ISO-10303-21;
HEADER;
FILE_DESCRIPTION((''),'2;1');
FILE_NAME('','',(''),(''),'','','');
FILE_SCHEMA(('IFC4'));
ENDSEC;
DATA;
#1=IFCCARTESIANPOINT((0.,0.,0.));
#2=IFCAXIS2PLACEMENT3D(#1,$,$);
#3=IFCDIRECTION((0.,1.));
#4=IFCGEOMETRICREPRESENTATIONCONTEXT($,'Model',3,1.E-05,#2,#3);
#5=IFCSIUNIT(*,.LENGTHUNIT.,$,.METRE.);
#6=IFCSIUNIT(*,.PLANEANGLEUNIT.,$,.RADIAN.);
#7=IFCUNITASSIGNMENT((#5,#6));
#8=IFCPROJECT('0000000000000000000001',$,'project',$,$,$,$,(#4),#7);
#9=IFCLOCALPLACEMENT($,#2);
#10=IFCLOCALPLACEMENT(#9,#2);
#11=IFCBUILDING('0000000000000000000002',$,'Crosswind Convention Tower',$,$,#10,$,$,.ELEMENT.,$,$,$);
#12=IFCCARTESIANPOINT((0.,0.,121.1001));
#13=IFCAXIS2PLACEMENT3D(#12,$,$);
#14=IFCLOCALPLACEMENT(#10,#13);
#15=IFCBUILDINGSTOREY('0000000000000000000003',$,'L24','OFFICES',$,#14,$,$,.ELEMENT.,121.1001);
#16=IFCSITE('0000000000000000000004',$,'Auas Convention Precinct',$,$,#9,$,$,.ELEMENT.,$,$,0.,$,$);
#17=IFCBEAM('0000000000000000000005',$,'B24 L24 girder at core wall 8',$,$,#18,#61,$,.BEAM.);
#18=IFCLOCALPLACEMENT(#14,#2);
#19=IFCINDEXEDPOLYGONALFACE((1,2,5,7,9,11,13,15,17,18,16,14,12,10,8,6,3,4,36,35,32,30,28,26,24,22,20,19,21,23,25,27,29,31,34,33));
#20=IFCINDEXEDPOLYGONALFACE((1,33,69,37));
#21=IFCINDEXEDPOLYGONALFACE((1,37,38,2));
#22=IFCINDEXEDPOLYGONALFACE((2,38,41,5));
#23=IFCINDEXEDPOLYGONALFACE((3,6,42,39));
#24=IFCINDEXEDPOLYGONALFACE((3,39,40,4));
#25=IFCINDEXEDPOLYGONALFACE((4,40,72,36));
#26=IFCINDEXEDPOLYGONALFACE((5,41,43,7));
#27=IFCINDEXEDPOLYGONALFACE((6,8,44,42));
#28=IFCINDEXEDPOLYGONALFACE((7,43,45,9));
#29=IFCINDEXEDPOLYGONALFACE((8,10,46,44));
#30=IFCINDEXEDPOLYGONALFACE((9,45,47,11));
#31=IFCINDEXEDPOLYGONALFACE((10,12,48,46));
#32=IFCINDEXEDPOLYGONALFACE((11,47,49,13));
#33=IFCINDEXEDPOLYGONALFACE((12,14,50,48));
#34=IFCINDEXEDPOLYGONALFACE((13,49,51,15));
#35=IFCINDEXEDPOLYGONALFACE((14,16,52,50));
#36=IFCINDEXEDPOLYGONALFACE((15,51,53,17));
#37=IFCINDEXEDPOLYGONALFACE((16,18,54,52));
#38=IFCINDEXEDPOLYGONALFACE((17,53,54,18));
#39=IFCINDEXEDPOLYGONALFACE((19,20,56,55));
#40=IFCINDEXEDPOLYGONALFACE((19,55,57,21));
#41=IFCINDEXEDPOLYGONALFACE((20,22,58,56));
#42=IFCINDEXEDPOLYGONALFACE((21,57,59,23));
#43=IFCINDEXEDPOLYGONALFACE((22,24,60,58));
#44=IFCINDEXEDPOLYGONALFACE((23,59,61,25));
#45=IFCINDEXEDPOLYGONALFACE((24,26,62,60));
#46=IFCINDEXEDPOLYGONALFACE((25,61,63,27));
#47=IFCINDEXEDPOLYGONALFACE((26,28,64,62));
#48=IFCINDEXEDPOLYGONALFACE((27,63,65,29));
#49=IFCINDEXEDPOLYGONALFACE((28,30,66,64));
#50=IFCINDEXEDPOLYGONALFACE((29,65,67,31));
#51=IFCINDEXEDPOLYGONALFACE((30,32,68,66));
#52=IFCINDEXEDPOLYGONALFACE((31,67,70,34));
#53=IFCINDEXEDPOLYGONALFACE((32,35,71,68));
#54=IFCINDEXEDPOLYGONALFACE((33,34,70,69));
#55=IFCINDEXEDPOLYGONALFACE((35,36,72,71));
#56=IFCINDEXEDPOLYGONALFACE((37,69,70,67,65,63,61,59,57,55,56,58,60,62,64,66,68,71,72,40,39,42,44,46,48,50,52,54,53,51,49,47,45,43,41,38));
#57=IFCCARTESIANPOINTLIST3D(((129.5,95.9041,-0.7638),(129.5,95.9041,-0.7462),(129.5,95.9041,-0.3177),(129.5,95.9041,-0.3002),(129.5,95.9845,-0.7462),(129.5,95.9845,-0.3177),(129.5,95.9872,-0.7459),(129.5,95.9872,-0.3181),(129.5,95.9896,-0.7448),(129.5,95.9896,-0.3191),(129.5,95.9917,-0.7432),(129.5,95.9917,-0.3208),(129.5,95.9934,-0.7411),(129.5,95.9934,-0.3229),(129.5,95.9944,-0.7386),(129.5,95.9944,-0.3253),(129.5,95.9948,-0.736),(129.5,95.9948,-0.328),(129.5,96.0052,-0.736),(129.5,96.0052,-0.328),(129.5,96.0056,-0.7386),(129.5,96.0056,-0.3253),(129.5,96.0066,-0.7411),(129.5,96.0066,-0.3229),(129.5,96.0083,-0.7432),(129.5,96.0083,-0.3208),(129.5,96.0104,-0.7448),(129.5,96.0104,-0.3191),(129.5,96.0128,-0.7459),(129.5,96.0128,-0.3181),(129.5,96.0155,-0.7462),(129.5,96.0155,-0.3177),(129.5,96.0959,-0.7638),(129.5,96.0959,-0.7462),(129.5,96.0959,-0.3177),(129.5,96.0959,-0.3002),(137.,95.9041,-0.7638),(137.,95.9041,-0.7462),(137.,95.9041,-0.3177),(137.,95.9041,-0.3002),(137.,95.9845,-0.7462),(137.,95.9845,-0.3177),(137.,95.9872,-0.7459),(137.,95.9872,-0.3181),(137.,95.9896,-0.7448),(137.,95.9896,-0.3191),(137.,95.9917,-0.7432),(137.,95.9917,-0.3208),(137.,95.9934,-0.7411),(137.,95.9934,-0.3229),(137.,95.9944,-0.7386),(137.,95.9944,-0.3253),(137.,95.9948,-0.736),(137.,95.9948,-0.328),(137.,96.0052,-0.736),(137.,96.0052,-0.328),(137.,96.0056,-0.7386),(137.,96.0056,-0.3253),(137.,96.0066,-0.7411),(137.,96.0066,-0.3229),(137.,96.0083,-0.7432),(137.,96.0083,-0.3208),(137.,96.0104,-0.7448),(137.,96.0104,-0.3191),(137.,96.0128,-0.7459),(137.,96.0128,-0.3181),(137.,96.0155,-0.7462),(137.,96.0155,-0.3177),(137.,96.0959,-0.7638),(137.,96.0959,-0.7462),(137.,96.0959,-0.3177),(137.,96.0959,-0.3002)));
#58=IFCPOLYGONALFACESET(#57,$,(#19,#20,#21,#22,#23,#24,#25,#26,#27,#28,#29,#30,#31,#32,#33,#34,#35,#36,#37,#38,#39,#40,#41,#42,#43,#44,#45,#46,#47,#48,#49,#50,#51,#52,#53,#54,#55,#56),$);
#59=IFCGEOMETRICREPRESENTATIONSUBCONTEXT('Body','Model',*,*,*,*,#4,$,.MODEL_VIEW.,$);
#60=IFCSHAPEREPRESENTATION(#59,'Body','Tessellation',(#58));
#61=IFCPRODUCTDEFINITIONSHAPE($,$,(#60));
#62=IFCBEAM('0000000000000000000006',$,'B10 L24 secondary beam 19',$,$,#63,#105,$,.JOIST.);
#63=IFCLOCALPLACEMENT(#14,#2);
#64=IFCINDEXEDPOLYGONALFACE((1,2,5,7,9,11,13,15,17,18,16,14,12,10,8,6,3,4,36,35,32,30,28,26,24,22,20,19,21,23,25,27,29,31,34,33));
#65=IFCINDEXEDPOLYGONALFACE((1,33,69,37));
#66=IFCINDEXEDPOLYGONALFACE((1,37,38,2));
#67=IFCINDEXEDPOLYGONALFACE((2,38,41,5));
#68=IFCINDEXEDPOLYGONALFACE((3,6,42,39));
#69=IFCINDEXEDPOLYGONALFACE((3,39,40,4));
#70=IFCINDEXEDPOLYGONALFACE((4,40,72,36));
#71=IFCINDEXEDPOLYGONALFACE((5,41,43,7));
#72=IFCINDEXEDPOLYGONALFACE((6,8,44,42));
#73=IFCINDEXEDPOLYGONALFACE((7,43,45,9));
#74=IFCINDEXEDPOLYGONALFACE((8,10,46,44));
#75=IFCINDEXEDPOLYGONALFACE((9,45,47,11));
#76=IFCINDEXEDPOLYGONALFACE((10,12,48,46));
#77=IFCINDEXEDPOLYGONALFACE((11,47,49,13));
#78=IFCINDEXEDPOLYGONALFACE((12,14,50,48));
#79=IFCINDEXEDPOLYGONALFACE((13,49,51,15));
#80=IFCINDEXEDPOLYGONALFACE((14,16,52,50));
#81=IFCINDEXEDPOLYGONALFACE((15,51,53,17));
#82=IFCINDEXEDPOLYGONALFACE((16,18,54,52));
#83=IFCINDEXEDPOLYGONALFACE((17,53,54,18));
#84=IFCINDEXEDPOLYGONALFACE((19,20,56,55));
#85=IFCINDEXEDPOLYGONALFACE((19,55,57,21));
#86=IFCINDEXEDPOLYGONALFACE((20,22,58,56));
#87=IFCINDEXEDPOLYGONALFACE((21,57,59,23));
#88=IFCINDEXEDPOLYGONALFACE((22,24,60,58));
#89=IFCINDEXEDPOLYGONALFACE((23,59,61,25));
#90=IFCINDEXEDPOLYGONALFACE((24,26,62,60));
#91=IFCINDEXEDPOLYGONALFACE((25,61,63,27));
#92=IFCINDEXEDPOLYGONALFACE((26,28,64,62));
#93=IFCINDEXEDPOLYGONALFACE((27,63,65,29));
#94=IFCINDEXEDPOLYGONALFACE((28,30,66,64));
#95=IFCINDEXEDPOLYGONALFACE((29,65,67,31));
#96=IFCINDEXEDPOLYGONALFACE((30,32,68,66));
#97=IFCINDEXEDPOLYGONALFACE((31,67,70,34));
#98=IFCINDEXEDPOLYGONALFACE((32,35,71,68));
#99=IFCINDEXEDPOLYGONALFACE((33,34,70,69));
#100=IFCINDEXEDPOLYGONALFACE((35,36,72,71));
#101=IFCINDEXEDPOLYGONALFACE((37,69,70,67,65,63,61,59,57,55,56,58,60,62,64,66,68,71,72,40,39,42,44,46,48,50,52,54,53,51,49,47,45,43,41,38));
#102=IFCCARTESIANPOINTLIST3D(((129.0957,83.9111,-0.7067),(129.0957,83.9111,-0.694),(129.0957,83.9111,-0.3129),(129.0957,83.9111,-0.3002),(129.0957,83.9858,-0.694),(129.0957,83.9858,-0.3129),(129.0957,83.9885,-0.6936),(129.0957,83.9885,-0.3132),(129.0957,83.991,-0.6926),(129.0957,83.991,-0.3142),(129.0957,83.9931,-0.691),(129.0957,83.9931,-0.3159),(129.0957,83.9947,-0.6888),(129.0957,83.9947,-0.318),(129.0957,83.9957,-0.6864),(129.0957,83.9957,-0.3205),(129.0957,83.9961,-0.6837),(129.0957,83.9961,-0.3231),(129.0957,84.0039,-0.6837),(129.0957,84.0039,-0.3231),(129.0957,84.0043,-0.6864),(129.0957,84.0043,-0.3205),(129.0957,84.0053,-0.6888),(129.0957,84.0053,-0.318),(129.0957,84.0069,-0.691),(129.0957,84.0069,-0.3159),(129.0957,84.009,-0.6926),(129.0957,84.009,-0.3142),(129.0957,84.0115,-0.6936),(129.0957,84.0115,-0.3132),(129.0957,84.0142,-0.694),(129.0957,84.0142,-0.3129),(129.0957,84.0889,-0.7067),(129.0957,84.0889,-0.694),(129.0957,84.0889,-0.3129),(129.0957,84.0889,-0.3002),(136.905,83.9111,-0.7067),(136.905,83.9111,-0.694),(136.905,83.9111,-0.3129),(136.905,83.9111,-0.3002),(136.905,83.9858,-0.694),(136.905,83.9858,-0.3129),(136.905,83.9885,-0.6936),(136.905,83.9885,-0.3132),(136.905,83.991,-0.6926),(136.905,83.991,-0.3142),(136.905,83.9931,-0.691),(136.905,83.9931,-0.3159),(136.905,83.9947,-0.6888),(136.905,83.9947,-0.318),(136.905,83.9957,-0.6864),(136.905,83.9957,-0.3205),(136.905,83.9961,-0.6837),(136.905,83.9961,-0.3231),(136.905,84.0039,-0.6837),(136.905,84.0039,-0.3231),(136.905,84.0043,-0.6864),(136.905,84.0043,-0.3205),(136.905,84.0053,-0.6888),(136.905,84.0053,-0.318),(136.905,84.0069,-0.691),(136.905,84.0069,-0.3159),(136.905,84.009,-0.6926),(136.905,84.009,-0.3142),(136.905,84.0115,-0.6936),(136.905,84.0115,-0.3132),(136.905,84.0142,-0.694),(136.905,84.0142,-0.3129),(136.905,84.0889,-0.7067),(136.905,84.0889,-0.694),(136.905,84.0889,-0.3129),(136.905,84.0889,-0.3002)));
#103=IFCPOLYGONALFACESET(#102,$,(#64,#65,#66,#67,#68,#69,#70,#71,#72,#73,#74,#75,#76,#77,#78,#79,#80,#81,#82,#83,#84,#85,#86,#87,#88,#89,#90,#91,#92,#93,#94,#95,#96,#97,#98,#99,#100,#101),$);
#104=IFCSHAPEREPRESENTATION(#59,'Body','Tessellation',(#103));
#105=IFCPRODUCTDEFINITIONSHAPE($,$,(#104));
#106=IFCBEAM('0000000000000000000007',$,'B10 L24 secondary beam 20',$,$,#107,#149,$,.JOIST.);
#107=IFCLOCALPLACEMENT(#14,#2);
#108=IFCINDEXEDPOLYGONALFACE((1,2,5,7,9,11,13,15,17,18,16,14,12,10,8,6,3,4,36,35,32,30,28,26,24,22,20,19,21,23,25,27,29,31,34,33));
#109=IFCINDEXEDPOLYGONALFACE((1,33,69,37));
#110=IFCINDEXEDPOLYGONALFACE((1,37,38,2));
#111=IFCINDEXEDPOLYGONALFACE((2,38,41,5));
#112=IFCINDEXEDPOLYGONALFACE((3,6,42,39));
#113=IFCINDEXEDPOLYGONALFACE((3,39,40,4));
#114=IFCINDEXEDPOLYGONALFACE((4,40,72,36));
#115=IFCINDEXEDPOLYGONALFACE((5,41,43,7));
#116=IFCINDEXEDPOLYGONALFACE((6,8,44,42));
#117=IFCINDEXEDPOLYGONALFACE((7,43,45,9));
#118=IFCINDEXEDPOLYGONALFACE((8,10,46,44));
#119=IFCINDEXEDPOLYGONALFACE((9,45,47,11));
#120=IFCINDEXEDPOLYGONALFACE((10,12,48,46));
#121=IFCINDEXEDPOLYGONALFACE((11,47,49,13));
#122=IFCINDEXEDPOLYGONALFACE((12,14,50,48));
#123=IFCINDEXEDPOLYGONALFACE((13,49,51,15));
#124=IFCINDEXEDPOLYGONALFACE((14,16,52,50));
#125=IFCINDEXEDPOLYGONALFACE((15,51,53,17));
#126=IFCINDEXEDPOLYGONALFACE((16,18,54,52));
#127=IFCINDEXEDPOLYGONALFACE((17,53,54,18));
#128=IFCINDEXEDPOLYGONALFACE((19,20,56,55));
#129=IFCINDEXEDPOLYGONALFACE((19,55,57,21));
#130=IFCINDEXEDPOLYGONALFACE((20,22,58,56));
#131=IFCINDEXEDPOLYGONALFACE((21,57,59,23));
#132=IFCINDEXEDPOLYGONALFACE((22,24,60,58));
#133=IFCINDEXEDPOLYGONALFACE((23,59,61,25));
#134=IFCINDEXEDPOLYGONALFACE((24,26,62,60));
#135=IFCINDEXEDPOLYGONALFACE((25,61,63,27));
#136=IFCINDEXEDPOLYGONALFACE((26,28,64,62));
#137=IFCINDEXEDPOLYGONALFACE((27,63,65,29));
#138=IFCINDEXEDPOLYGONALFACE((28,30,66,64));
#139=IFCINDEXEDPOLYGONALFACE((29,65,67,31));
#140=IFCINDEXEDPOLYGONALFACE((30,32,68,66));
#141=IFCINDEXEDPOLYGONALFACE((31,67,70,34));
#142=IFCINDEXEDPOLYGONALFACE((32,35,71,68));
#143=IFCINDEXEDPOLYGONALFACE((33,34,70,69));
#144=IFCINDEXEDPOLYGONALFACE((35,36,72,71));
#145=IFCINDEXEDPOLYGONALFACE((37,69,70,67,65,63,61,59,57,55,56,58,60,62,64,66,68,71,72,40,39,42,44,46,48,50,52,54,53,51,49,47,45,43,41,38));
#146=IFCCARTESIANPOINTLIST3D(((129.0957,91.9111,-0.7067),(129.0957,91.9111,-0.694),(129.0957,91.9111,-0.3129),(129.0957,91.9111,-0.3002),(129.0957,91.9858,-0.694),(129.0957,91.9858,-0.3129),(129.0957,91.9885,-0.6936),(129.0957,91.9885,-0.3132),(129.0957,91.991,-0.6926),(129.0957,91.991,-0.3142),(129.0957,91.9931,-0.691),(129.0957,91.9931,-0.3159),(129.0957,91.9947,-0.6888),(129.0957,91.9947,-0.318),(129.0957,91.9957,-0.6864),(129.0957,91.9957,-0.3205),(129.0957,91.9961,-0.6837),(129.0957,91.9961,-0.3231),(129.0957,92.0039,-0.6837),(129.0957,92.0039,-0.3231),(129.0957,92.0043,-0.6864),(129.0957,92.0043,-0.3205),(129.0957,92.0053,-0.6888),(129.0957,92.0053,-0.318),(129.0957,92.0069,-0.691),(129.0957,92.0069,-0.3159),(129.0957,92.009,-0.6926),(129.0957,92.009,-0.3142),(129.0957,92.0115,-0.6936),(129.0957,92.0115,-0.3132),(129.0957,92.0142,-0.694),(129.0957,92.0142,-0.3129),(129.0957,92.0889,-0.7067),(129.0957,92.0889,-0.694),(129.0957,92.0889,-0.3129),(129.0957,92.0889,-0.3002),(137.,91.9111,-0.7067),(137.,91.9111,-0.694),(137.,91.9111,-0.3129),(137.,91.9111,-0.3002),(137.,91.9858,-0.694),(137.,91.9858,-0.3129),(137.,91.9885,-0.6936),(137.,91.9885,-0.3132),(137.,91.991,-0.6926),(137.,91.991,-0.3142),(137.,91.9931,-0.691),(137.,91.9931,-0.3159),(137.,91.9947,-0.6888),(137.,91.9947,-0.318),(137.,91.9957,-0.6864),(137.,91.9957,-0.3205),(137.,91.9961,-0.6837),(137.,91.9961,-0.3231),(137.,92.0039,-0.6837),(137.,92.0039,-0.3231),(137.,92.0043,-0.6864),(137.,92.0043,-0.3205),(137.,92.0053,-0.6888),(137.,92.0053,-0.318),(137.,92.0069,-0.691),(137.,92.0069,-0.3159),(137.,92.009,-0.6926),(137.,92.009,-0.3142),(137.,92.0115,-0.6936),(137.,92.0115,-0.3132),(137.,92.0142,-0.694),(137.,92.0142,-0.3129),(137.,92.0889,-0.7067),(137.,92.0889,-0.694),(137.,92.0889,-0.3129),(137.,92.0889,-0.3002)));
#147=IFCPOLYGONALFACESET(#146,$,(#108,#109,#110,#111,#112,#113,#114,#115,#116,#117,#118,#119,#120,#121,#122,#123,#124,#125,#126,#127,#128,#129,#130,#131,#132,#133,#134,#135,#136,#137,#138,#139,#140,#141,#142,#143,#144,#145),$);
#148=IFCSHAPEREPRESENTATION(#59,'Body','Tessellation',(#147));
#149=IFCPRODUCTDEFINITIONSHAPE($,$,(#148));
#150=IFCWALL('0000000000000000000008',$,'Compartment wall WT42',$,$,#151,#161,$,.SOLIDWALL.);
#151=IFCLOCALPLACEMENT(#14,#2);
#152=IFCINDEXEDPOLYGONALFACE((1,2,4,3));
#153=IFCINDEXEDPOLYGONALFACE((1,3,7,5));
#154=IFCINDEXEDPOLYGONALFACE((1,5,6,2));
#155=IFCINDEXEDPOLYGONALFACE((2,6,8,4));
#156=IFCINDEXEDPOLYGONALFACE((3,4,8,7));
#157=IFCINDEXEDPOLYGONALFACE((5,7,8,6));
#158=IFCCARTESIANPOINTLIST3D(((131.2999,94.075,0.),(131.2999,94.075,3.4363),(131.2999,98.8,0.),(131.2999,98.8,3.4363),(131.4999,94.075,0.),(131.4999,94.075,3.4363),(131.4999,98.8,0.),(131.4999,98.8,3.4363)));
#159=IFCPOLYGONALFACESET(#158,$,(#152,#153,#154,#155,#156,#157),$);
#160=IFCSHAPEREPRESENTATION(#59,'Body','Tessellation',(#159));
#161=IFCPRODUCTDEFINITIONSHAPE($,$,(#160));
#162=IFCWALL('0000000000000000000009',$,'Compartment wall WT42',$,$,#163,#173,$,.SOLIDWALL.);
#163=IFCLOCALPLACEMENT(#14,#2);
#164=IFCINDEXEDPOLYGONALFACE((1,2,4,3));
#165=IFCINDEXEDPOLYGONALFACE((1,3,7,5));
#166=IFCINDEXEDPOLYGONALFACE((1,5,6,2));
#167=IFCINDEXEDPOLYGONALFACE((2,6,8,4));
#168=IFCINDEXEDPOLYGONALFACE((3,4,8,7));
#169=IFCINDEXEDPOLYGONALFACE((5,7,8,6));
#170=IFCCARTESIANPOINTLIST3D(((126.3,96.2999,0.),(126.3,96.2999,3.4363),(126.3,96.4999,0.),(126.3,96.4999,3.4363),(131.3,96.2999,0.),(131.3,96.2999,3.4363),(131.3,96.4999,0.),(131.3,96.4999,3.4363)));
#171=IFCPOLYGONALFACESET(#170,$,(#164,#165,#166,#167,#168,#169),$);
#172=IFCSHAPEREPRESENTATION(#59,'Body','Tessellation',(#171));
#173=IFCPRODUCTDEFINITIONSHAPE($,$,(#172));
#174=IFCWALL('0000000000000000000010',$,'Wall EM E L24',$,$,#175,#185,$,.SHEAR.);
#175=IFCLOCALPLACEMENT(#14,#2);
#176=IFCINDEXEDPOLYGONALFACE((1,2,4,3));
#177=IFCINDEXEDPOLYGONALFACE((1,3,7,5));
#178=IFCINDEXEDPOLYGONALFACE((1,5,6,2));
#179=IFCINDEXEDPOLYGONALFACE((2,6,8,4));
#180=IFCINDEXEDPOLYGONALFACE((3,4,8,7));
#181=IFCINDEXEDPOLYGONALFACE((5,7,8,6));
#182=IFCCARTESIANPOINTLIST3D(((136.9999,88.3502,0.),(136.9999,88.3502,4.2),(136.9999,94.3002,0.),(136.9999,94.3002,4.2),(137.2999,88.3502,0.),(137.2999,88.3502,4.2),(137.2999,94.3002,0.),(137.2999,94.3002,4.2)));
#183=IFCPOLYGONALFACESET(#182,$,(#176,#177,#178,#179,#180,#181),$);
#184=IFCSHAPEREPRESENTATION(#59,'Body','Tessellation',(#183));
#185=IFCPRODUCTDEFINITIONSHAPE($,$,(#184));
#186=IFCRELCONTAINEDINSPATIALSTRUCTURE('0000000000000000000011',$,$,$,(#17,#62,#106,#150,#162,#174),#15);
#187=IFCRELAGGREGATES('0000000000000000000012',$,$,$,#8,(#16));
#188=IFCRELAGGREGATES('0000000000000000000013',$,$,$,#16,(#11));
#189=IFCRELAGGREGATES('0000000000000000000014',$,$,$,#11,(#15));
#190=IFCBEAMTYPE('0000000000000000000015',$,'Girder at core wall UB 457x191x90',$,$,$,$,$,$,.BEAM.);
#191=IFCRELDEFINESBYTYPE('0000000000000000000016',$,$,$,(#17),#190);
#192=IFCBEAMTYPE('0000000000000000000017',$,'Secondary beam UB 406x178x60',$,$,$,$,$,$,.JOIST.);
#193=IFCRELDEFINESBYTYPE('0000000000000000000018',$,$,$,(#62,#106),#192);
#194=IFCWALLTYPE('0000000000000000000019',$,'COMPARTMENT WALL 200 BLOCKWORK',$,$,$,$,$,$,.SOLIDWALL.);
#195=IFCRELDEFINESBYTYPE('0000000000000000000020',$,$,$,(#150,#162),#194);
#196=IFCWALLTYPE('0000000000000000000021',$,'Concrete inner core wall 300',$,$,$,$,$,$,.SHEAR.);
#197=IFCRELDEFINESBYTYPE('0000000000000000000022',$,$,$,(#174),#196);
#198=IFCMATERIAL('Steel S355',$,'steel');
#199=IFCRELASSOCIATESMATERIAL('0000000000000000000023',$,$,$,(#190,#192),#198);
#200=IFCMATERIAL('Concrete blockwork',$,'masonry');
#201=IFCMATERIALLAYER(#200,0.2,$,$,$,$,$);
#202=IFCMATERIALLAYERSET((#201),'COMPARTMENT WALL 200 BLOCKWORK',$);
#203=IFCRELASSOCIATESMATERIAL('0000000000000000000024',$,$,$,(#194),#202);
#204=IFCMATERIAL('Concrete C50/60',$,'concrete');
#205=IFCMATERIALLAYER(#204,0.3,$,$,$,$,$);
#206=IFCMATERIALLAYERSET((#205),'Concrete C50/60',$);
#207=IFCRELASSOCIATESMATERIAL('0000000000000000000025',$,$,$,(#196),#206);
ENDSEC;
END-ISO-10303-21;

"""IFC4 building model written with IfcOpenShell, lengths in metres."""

from ifc_helpers import new_model, si_unit, direction, frame, frame_2d, origin, origin_2d, place, context, subcontext, project, spatial, rectangle, i_section, extrude, material, layer, layer_set, material_profile, profile_set, type_object, element, save


model = new_model("IFC4")

# Units and contexts
model_context = context("Model", 3, precision=1e-05, world=origin(), true_north=direction((0.0, 1.0)))
body_context = subcontext(model_context, "Body", "Model", "MODEL_VIEW")
ifc_project = project(units=[si_unit("LENGTHUNIT", "METRE"), si_unit("PLANEANGLEUNIT", "RADIAN")], contexts=[model_context])

# Site, building, storey
site_placement = place(None, origin())
site = spatial("IfcSite", under=ifc_project, at=site_placement, Name="Auas Convention Precinct", CompositionType="ELEMENT", RefElevation=0.0)
building_placement = place(site_placement, origin())
building = spatial("IfcBuilding", under=site, at=building_placement, Name="Crosswind Convention Tower", CompositionType="ELEMENT")
storey_placement = place(building_placement, frame((0.0, 0.0, 121.1001)))
storey = spatial("IfcBuildingStorey", under=building, at=storey_placement, Name="L24", Description="OFFICES", CompositionType="ELEMENT", Elevation=121.1001)

# Beams
ifc_material_1 = material(Name="Steel S355", Category="steel")
ifc_material_profile_1 = material_profile(ifc_material_1, i_section(OverallWidth=0.1919, OverallDepth=0.4636, WebThickness=0.0105, FlangeThickness=0.0176, FilletRadius=0.0103, at=origin_2d()), Name="UB 457x191x90")
ifc_profile_set_1 = profile_set([ifc_material_profile_1], Name="Steel S355")
beam_type_1 = type_object("IfcBeamType", Name="Girder at core wall UB 457x191x90", PredefinedType="BEAM", material=ifc_profile_set_1)
for number, where, z_axis, x_axis, name in (
    (1, (129.5, 96.0, -0.532), (1.0, 0.0, 0.0), (0.0, 1.0, 0.0), "B24 L24 girder at core wall 8"),
):
    element("IfcBeam", number, at=place(storey_placement, frame(where, z_axis=z_axis, x_axis=x_axis)), inside=storey, type_object=beam_type_1, Name=name, PredefinedType="BEAM", context=body_context, shape_type="SweptSolid", body=[
        extrude(i_section(OverallWidth=0.1919, OverallDepth=0.4636, WebThickness=0.0105, FlangeThickness=0.0176, FilletRadius=0.0103, at=origin_2d()), origin(), (0.0, 0.0, 1.0), 7.5),
    ])
ifc_material_profile_2 = material_profile(ifc_material_1, i_section(OverallWidth=0.1777, OverallDepth=0.4065, WebThickness=0.0078, FlangeThickness=0.0127, FilletRadius=0.0103, at=origin_2d()), Name="UB 406x178x60")
ifc_profile_set_2 = profile_set([ifc_material_profile_2], Name="Steel S355")
beam_type_2 = type_object("IfcBeamType", Name="Secondary beam UB 406x178x60", PredefinedType="JOIST", material=ifc_profile_set_2)
beam_1_placement = place(storey_placement, frame((129.0957, 84.0, -0.5034), z_axis=(1.0, 0.0, 0.0), x_axis=(0.0, 1.0, 0.0)))
element("IfcBeam", 2, at=beam_1_placement, inside=storey, type_object=beam_type_2, Name="B10 L24 secondary beam 19", PredefinedType="JOIST", context=body_context, shape_type="SweptSolid", body=[
    extrude(i_section(OverallWidth=0.1777, OverallDepth=0.4065, WebThickness=0.0078, FlangeThickness=0.0127, FilletRadius=0.0103, at=origin_2d()), origin(), (0.0, 0.0, 1.0), 7.8093),
])
beam_2_placement = place(storey_placement, frame((129.0957, 92.0, -0.5034), z_axis=(1.0, 0.0, 0.0), x_axis=(0.0, 1.0, 0.0)))
element("IfcBeam", 3, at=beam_2_placement, inside=storey, type_object=beam_type_2, Name="B10 L24 secondary beam 20", PredefinedType="JOIST", context=body_context, shape_type="SweptSolid", body=[
    extrude(i_section(OverallWidth=0.1777, OverallDepth=0.4065, WebThickness=0.0078, FlangeThickness=0.0127, FilletRadius=0.0103, at=origin_2d()), origin(), (0.0, 0.0, 1.0), 7.9043),
])

# Walls
ifc_material_2 = material(Name="Concrete blockwork", Category="masonry")
ifc_layer_1 = layer(ifc_material_2, 0.2)
ifc_layer_set_1 = layer_set([ifc_layer_1], Name="COMPARTMENT WALL 200 BLOCKWORK")
wall_type_1 = type_object("IfcWallType", Name="COMPARTMENT WALL 200 BLOCKWORK", PredefinedType="SOLIDWALL", material=ifc_layer_set_1)
wall_1_placement = place(storey_placement, frame((131.3999, 94.075, 0.0), z_axis=(0.0, 0.0, 1.0), x_axis=(0.0, 1.0, 0.0)))
element("IfcWall", 4, at=wall_1_placement, inside=storey, type_object=wall_type_1, Name="Compartment wall WT42", PredefinedType="SOLIDWALL", context=body_context, shape_type="SweptSolid", body=[
    extrude(rectangle(XDim=4.7251, YDim=0.2, at=frame_2d((2.3625, 0.0))), origin(), (0.0, 0.0, 1.0), 3.4363),
])
wall_2_placement = place(storey_placement, frame((126.3, 96.3999, 0.0), z_axis=(0.0, 0.0, 1.0), x_axis=(1.0, 0.0, 0.0)))
element("IfcWall", 5, at=wall_2_placement, inside=storey, type_object=wall_type_1, Name="Compartment wall WT42", PredefinedType="SOLIDWALL", context=body_context, shape_type="SweptSolid", body=[
    extrude(rectangle(XDim=5.0, YDim=0.2, at=frame_2d((2.5, 0.0))), origin(), (0.0, 0.0, 1.0), 3.4363),
])

# Shared definitions
ifc_material_3 = material(Name="Concrete C50/60", Category="concrete")
ifc_layer_2 = layer(ifc_material_3, 0.3)
ifc_layer_set_2 = layer_set([ifc_layer_2], Name="Concrete C50/60")
wall_type_2 = type_object("IfcWallType", Name="Concrete inner core wall 300", PredefinedType="SHEAR", material=ifc_layer_set_2)

# Wall
wall_3_placement = place(storey_placement, frame((137.1499, 88.3501, 0.0), z_axis=(0.0, 0.0, 1.0), x_axis=(0.0, 1.0, 0.0)))
element("IfcWall", 6, at=wall_3_placement, inside=storey, type_object=wall_type_2, Name="Wall EM E L24", PredefinedType="SHEAR", context=body_context, shape_type="SweptSolid", body=[
    extrude(rectangle(XDim=5.95, YDim=0.3, at=frame_2d((2.9751, 0.0))), origin(), (0.0, 0.0, 1.0), 4.2),
])

save(model, "model.ifc")
